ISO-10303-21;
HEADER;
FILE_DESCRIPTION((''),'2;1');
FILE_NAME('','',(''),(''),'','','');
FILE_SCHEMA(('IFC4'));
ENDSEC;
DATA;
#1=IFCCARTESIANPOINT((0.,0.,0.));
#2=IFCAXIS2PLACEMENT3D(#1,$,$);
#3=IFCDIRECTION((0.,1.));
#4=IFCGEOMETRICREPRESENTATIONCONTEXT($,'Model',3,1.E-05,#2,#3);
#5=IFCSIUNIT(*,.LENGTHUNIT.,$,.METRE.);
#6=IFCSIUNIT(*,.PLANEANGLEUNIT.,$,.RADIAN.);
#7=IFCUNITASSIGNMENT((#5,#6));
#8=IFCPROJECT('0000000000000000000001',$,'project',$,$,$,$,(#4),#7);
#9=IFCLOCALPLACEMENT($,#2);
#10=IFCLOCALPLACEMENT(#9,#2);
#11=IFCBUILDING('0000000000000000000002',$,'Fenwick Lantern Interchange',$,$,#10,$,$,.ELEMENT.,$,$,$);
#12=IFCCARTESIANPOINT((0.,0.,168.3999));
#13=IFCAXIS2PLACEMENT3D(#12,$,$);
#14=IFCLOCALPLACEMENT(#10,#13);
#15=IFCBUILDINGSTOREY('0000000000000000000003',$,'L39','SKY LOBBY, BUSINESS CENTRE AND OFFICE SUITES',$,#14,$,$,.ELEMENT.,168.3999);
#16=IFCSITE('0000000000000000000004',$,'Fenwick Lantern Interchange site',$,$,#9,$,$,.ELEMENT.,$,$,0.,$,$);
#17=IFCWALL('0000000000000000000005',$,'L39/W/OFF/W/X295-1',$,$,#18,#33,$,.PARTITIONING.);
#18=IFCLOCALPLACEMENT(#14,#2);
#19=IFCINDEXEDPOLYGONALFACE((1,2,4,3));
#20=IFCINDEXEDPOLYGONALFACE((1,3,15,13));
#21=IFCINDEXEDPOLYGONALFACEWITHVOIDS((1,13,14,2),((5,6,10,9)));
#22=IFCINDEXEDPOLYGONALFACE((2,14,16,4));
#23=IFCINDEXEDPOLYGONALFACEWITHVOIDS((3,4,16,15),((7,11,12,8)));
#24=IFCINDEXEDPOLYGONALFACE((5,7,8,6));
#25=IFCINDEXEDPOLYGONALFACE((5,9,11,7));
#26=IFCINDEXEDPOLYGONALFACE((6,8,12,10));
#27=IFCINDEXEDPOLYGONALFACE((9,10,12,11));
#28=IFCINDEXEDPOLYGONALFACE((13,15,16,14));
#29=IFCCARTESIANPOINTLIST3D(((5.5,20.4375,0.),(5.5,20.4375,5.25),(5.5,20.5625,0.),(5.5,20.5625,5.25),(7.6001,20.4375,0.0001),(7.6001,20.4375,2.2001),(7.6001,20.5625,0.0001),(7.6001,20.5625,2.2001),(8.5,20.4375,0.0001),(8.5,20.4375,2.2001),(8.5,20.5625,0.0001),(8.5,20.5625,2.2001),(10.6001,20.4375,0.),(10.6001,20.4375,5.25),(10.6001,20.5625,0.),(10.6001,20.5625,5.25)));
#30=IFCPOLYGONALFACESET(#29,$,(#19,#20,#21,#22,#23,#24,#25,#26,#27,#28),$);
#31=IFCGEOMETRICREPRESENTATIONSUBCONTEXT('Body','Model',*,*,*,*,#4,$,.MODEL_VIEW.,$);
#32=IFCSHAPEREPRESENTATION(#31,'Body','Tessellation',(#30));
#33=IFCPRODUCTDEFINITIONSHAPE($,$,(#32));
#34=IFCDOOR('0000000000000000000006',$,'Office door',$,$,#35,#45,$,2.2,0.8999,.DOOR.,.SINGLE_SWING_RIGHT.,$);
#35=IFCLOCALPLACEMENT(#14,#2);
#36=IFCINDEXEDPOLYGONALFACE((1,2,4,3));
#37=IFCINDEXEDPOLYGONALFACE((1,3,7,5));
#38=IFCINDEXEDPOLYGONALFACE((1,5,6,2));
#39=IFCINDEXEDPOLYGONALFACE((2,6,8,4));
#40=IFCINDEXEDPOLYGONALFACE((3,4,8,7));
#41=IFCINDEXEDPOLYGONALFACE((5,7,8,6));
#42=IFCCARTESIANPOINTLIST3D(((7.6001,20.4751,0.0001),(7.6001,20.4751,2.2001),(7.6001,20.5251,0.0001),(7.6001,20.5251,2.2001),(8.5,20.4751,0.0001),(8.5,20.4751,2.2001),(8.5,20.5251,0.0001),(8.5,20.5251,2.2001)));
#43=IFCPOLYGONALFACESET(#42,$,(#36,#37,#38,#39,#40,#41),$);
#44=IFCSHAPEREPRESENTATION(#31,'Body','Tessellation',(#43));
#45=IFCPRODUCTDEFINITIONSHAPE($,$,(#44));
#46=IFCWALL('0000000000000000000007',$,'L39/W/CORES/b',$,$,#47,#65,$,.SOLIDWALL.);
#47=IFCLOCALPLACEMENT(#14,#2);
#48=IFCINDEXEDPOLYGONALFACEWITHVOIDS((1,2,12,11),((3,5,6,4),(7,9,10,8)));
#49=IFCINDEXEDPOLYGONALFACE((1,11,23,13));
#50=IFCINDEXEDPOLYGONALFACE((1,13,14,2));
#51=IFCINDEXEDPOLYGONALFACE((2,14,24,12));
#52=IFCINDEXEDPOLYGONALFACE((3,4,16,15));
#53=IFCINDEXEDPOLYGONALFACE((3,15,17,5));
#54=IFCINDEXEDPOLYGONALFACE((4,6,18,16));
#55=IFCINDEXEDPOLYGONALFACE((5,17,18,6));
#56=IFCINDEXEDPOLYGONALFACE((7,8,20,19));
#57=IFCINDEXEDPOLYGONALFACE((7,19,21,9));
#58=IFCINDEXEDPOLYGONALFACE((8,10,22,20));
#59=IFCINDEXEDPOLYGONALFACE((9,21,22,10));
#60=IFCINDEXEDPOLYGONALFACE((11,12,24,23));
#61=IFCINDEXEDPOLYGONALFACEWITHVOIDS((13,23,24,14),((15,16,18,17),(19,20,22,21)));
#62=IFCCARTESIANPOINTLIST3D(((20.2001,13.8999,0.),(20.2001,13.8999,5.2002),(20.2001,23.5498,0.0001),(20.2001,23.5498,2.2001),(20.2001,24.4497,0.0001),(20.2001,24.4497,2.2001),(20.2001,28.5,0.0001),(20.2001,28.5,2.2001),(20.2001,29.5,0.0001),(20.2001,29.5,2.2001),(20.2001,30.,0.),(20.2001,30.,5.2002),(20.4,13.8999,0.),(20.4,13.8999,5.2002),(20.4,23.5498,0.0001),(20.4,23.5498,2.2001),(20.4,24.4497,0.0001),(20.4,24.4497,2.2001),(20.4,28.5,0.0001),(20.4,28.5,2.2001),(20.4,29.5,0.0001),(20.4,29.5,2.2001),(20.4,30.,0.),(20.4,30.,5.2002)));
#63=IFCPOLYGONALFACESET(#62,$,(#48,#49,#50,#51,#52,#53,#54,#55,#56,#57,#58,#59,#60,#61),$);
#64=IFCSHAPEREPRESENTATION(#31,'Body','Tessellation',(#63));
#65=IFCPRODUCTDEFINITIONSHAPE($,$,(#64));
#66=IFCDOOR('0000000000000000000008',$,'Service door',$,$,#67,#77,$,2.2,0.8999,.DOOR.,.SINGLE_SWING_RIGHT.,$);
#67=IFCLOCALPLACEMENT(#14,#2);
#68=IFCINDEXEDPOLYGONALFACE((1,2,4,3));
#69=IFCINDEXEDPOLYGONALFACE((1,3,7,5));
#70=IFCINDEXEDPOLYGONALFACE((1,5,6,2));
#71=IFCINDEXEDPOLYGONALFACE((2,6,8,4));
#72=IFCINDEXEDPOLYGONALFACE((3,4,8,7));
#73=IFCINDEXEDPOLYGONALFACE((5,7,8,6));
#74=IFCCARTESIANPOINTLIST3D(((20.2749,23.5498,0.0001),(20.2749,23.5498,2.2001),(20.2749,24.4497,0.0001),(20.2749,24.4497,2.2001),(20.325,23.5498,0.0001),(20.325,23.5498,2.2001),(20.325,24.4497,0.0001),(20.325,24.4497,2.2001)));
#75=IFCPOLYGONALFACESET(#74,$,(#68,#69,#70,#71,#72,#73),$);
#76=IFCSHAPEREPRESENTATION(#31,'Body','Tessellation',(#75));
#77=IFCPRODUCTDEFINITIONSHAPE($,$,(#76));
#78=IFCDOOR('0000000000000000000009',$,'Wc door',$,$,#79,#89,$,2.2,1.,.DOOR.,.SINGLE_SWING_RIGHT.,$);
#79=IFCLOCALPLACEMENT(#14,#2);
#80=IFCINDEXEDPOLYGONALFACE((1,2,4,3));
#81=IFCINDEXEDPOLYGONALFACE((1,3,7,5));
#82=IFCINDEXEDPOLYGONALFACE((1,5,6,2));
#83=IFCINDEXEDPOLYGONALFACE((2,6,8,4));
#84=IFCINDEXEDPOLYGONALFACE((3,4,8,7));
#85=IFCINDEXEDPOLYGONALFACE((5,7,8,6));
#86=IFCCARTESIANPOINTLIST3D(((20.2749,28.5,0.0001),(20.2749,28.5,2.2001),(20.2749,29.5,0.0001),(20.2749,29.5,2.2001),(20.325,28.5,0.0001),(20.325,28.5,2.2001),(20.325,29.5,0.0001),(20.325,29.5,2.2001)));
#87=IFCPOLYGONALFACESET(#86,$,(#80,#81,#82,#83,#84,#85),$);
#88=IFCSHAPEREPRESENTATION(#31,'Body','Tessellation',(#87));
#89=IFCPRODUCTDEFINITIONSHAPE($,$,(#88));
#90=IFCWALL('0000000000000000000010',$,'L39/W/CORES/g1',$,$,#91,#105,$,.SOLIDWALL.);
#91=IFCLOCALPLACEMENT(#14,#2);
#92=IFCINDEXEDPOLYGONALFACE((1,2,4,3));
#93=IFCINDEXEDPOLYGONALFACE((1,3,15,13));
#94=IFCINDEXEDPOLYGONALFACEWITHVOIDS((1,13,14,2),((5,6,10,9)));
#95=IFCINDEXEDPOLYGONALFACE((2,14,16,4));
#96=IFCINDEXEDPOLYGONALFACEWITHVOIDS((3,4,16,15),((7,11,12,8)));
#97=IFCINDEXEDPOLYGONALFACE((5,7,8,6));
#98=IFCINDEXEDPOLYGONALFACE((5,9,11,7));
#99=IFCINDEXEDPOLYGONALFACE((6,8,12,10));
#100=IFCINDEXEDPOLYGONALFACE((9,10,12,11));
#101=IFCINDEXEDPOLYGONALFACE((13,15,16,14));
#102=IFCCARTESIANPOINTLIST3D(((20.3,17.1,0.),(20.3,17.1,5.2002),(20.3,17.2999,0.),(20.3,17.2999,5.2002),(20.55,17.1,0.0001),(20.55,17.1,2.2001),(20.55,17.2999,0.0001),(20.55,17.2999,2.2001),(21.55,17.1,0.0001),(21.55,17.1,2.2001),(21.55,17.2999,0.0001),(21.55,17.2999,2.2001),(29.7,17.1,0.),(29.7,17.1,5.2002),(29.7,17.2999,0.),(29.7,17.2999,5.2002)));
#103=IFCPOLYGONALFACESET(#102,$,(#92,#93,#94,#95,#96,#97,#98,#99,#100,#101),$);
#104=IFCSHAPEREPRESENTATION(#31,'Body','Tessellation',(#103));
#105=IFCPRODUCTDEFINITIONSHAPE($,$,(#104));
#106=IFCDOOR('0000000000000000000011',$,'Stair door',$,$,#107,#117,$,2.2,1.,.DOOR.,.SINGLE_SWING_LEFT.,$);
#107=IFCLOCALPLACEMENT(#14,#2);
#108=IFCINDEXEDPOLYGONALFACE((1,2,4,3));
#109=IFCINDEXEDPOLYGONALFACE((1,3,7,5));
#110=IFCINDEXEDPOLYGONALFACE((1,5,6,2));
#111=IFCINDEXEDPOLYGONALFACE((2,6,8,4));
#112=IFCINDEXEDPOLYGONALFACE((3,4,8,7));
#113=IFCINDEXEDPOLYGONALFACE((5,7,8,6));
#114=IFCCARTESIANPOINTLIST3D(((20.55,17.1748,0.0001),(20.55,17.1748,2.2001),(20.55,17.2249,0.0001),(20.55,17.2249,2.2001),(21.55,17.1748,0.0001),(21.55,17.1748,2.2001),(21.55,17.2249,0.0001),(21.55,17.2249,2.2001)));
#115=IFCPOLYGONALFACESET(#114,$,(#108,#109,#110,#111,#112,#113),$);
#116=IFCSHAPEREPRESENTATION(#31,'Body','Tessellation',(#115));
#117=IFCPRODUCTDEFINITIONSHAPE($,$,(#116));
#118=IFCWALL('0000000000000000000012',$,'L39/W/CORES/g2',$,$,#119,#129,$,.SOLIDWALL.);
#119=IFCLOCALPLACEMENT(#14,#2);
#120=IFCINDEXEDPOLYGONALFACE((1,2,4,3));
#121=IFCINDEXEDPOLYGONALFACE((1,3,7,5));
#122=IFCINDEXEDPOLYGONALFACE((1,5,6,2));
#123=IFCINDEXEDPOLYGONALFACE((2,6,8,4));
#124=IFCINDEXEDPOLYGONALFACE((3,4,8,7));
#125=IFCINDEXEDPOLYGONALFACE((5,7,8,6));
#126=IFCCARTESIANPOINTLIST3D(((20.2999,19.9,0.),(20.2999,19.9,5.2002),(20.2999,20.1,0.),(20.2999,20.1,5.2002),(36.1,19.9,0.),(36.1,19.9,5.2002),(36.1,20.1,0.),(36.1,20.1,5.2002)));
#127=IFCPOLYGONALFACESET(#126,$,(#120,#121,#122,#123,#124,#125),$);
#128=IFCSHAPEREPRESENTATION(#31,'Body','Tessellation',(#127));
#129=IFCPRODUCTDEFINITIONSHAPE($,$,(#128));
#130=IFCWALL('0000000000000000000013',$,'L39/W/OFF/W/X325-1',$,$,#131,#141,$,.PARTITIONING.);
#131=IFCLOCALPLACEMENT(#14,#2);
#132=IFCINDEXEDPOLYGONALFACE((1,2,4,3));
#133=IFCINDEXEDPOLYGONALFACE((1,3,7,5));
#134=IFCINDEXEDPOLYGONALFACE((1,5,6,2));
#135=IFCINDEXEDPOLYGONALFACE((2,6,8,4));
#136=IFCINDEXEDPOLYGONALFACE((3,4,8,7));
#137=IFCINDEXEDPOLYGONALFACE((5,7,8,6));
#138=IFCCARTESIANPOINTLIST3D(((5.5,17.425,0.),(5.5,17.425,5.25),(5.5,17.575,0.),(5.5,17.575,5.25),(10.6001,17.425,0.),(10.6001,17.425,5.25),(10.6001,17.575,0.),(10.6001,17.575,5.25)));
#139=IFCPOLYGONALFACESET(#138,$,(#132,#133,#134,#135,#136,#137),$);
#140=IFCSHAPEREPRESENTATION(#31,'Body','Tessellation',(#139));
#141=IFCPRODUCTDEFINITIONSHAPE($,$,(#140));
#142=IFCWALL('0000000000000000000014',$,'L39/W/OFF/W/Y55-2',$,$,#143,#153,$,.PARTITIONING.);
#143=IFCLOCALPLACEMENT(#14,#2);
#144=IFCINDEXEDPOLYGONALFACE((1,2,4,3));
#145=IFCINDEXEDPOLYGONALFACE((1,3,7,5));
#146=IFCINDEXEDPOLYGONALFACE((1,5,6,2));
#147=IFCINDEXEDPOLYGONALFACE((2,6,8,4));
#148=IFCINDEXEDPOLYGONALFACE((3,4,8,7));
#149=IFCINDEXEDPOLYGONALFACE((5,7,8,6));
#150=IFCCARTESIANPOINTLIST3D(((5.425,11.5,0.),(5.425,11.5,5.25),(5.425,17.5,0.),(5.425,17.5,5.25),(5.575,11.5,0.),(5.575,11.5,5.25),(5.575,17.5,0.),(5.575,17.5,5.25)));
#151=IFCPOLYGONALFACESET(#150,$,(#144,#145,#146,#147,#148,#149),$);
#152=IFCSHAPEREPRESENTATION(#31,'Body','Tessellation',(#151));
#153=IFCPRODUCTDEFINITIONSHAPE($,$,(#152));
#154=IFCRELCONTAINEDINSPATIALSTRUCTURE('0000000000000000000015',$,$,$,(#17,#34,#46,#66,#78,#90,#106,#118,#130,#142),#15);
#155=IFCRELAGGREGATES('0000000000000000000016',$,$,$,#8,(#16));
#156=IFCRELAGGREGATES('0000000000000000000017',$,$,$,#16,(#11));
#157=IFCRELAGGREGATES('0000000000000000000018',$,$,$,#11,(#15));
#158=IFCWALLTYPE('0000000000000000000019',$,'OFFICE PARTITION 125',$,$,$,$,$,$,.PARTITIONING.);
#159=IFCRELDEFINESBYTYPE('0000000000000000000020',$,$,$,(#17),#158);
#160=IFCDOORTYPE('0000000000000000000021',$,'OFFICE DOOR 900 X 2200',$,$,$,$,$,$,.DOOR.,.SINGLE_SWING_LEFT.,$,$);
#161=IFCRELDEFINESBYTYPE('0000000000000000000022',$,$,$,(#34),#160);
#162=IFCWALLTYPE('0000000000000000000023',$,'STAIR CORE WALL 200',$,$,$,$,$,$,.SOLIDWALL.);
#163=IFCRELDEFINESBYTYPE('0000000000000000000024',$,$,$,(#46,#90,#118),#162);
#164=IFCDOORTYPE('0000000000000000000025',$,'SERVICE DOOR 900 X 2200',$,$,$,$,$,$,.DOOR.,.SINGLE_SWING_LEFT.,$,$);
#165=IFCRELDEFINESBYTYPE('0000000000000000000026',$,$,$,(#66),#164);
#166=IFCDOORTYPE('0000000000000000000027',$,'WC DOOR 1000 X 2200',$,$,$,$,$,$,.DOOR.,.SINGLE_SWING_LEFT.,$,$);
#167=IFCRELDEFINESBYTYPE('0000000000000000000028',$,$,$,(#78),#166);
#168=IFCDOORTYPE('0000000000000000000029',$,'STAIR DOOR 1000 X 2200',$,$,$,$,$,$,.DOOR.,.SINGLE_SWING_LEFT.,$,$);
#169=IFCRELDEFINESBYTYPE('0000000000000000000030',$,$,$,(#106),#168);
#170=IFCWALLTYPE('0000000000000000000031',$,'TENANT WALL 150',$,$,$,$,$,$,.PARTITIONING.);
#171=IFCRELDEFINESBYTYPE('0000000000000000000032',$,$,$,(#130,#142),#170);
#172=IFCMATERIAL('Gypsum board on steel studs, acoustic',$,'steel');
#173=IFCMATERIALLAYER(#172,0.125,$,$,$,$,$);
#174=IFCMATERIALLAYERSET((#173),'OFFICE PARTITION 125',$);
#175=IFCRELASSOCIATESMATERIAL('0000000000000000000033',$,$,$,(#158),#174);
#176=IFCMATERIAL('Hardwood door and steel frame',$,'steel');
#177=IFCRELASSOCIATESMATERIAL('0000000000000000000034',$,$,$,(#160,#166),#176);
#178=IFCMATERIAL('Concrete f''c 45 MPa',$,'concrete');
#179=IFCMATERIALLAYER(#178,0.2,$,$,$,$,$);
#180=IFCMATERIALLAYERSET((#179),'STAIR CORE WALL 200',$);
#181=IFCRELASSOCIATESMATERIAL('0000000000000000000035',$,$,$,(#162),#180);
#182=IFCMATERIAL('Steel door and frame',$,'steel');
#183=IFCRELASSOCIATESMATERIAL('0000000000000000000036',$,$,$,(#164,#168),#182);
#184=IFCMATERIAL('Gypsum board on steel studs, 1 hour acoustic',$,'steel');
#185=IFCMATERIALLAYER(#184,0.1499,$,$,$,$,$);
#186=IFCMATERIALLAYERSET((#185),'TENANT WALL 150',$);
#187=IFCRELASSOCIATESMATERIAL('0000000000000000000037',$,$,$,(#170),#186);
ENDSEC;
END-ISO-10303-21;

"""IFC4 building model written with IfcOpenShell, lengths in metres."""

from ifc_helpers import new_model, si_unit, direction, frame, frame_2d, origin, place, context, subcontext, project, spatial, rectangle, extrude, material, layer, layer_set, type_object, element, fill, save


model = new_model("IFC4")

# Units and contexts
model_context = context("Model", 3, precision=1e-05, world=origin(), true_north=direction((0.0, 1.0)))
body_context = subcontext(model_context, "Body", "Model", "MODEL_VIEW")
ifc_project = project(units=[si_unit("LENGTHUNIT", "METRE"), si_unit("PLANEANGLEUNIT", "RADIAN")], contexts=[model_context])

# Site, building, storey
site_placement = place(None, origin())
site = spatial("IfcSite", under=ifc_project, at=site_placement, Name="Fenwick Lantern Interchange site", CompositionType="ELEMENT", RefElevation=0.0)
building_placement = place(site_placement, origin())
building = spatial("IfcBuilding", under=site, at=building_placement, Name="Fenwick Lantern Interchange", CompositionType="ELEMENT")
storey_placement = place(building_placement, frame((0.0, 0.0, 168.3999)))
storey = spatial("IfcBuildingStorey", under=building, at=storey_placement, Name="L39", Description="SKY LOBBY, BUSINESS CENTRE AND OFFICE SUITES", CompositionType="ELEMENT", Elevation=168.3999)

# Shared definitions
ifc_material_1 = material(Name="Gypsum board on steel studs, acoustic", Category="steel")
ifc_layer_1 = layer(ifc_material_1, 0.125)
ifc_layer_set_1 = layer_set([ifc_layer_1], Name="OFFICE PARTITION 125")
wall_type_1 = type_object("IfcWallType", Name="OFFICE PARTITION 125", PredefinedType="PARTITIONING", material=ifc_layer_set_1)

# Wall, opening, door
wall_1_placement = place(storey_placement, frame((5.5, 20.5, 0.0), z_axis=(0.0, 0.0, 1.0), x_axis=(1.0, 0.0, 0.0)))
wall_1 = element("IfcWall", 1, at=wall_1_placement, inside=storey, type_object=wall_type_1, Name="L39/W/OFF/W/X295-1", PredefinedType="PARTITIONING", context=body_context, shape_type="SweptSolid", body=[
    extrude(rectangle(XDim=5.1001, YDim=0.125, at=frame_2d((2.55, 0.0))), origin(), (0.0, 0.0, 1.0), 5.25),
])
opening_1_placement = place(wall_1_placement, frame((2.1001, 0.0, 0.0)))
opening_1 = element("IfcOpeningElement", 2, at=opening_1_placement, cuts=wall_1, PredefinedType="OPENING", context=body_context, shape_type="SweptSolid", body=[
    extrude(rectangle(XDim=0.8999, YDim=2.2, at=frame_2d((0.45, 1.1001))), frame((0.0, 0.0725, 0.0), z_axis=(0.0, -1.0, 0.0), x_axis=(1.0, 0.0, 0.0)), (0.0, 0.0, 1.0), 0.145),
])
ifc_material_2 = material(Name="Hardwood door and steel frame", Category="steel")
door_type_1 = type_object("IfcDoorType", Name="OFFICE DOOR 900 X 2200", OperationType="SINGLE_SWING_LEFT", PredefinedType="DOOR", material=ifc_material_2)
door_1_placement = place(opening_1_placement, frame((0.8999, 0.0, 0.0), z_axis=(0.0, 0.0, 1.0), x_axis=(-1.0, 0.0, 0.0)))
door_1 = element("IfcDoor", 3, at=door_1_placement, inside=storey, type_object=door_type_1, Name="Office door", OperationType="SINGLE_SWING_RIGHT", OverallHeight=2.2, OverallWidth=0.8999, PredefinedType="DOOR", context=body_context, shape_type="SweptSolid", body=[
    extrude(rectangle(XDim=0.8999, YDim=2.2, at=frame_2d((0.45, 1.1001))), frame((0.0, 0.0249, 0.0), z_axis=(0.0, -1.0, 0.0), x_axis=(1.0, 0.0, 0.0)), (0.0, 0.0, 1.0), 0.05),
])
fill(opening_1, door_1)

# Wall, openings, doors
ifc_material_3 = material(Name="Concrete f'c 45 MPa", Category="concrete")
ifc_layer_2 = layer(ifc_material_3, 0.2)
ifc_layer_set_2 = layer_set([ifc_layer_2], Name="STAIR CORE WALL 200")
wall_type_2 = type_object("IfcWallType", Name="STAIR CORE WALL 200", PredefinedType="SOLIDWALL", material=ifc_layer_set_2)
wall_2_placement = place(storey_placement, frame((20.3, 13.8999, 0.0), z_axis=(0.0, 0.0, 1.0), x_axis=(0.0, 1.0, 0.0)))
wall_2 = element("IfcWall", 4, at=wall_2_placement, inside=storey, type_object=wall_type_2, Name="L39/W/CORES/b", PredefinedType="SOLIDWALL", context=body_context, shape_type="SweptSolid", body=[
    extrude(rectangle(XDim=16.1001, YDim=0.2, at=frame_2d((8.05, 0.0))), origin(), (0.0, 0.0, 1.0), 5.2002),
])
opening_2_placement = place(wall_2_placement, frame((9.6499, 0.0, 0.0)))
opening_2 = element("IfcOpeningElement", 5, at=opening_2_placement, cuts=wall_2, PredefinedType="OPENING", context=body_context, shape_type="SweptSolid", body=[
    extrude(rectangle(XDim=0.8999, YDim=2.2, at=frame_2d((0.45, 1.1001))), frame((0.0, 0.1099, 0.0), z_axis=(0.0, -1.0, 0.0), x_axis=(1.0, 0.0, 0.0)), (0.0, 0.0, 1.0), 0.22),
])
opening_3_placement = place(wall_2_placement, frame((14.6001, 0.0, 0.0)))
opening_3 = element("IfcOpeningElement", 6, at=opening_3_placement, cuts=wall_2, PredefinedType="OPENING", context=body_context, shape_type="SweptSolid", body=[
    extrude(rectangle(XDim=1.0, YDim=2.2, at=frame_2d((0.5, 1.1001))), frame((0.0, 0.1099, 0.0), z_axis=(0.0, -1.0, 0.0), x_axis=(1.0, 0.0, 0.0)), (0.0, 0.0, 1.0), 0.22),
])
ifc_material_4 = material(Name="Steel door and frame", Category="steel")
door_type_2 = type_object("IfcDoorType", Name="SERVICE DOOR 900 X 2200", OperationType="SINGLE_SWING_LEFT", PredefinedType="DOOR", material=ifc_material_4)
door_2_placement = place(opening_2_placement, frame((0.8999, 0.0, 0.0), z_axis=(0.0, 0.0, 1.0), x_axis=(-1.0, 0.0, 0.0)))
door_2 = element("IfcDoor", 7, at=door_2_placement, inside=storey, type_object=door_type_2, Name="Service door", OperationType="SINGLE_SWING_RIGHT", OverallHeight=2.2, OverallWidth=0.8999, PredefinedType="DOOR", context=body_context, shape_type="SweptSolid", body=[
    extrude(rectangle(XDim=0.8999, YDim=2.2, at=frame_2d((0.45, 1.1001))), frame((0.0, 0.0249, 0.0), z_axis=(0.0, -1.0, 0.0), x_axis=(1.0, 0.0, 0.0)), (0.0, 0.0, 1.0), 0.05),
])
fill(opening_2, door_2)
door_type_3 = type_object("IfcDoorType", Name="WC DOOR 1000 X 2200", OperationType="SINGLE_SWING_LEFT", PredefinedType="DOOR", material=ifc_material_2)
door_3_placement = place(opening_3_placement, frame((1.0, 0.0, 0.0), z_axis=(0.0, 0.0, 1.0), x_axis=(-1.0, 0.0, 0.0)))
door_3 = element("IfcDoor", 8, at=door_3_placement, inside=storey, type_object=door_type_3, Name="Wc door", OperationType="SINGLE_SWING_RIGHT", OverallHeight=2.2, OverallWidth=1.0, PredefinedType="DOOR", context=body_context, shape_type="SweptSolid", body=[
    extrude(rectangle(XDim=1.0, YDim=2.2, at=frame_2d((0.5, 1.1001))), frame((0.0, 0.0249, 0.0), z_axis=(0.0, -1.0, 0.0), x_axis=(1.0, 0.0, 0.0)), (0.0, 0.0, 1.0), 0.05),
])
fill(opening_3, door_3)

# Wall, opening, door
wall_3_placement = place(storey_placement, frame((20.3, 17.2, 0.0), z_axis=(0.0, 0.0, 1.0), x_axis=(1.0, 0.0, 0.0)))
wall_3 = element("IfcWall", 9, at=wall_3_placement, inside=storey, type_object=wall_type_2, Name="L39/W/CORES/g1", PredefinedType="SOLIDWALL", context=body_context, shape_type="SweptSolid", body=[
    extrude(rectangle(XDim=9.3999, YDim=0.2, at=frame_2d((4.7, 0.0))), origin(), (0.0, 0.0, 1.0), 5.2002),
])
opening_4_placement = place(wall_3_placement, frame((0.25, 0.0, 0.0)))
opening_4 = element("IfcOpeningElement", 10, at=opening_4_placement, cuts=wall_3, PredefinedType="OPENING", context=body_context, shape_type="SweptSolid", body=[
    extrude(rectangle(XDim=1.0, YDim=2.2, at=frame_2d((0.5, 1.1001))), frame((0.0, 0.1099, 0.0), z_axis=(0.0, -1.0, 0.0), x_axis=(1.0, 0.0, 0.0)), (0.0, 0.0, 1.0), 0.22),
])
door_type_4 = type_object("IfcDoorType", Name="STAIR DOOR 1000 X 2200", OperationType="SINGLE_SWING_LEFT", PredefinedType="DOOR", material=ifc_material_4)
door_4_placement = place(opening_4_placement, origin())
door_4 = element("IfcDoor", 11, at=door_4_placement, inside=storey, type_object=door_type_4, Name="Stair door", OperationType="SINGLE_SWING_LEFT", OverallHeight=2.2, OverallWidth=1.0, PredefinedType="DOOR", context=body_context, shape_type="SweptSolid", body=[
    extrude(rectangle(XDim=1.0, YDim=2.2, at=frame_2d((0.5, 1.1001))), frame((0.0, 0.0249, 0.0), z_axis=(0.0, -1.0, 0.0), x_axis=(1.0, 0.0, 0.0)), (0.0, 0.0, 1.0), 0.05),
])
fill(opening_4, door_4)

# Walls
wall_4_placement = place(storey_placement, frame((20.3, 20.0, 0.0), z_axis=(0.0, 0.0, 1.0), x_axis=(1.0, 0.0, 0.0)))
element("IfcWall", 12, at=wall_4_placement, inside=storey, type_object=wall_type_2, Name="L39/W/CORES/g2", PredefinedType="SOLIDWALL", context=body_context, shape_type="SweptSolid", body=[
    extrude(rectangle(XDim=15.8, YDim=0.2, at=frame_2d((7.8999, 0.0))), origin(), (0.0, 0.0, 1.0), 5.2002),
])
ifc_material_5 = material(Name="Gypsum board on steel studs, 1 hour acoustic", Category="steel")
ifc_layer_3 = layer(ifc_material_5, 0.1499)
ifc_layer_set_3 = layer_set([ifc_layer_3], Name="TENANT WALL 150")
wall_type_3 = type_object("IfcWallType", Name="TENANT WALL 150", PredefinedType="PARTITIONING", material=ifc_layer_set_3)
wall_5_placement = place(storey_placement, frame((5.5, 17.5, 0.0), z_axis=(0.0, 0.0, 1.0), x_axis=(1.0, 0.0, 0.0)))
element("IfcWall", 13, at=wall_5_placement, inside=storey, type_object=wall_type_3, Name="L39/W/OFF/W/X325-1", PredefinedType="PARTITIONING", context=body_context, shape_type="SweptSolid", body=[
    extrude(rectangle(XDim=5.1001, YDim=0.1499, at=frame_2d((2.55, 0.0))), origin(), (0.0, 0.0, 1.0), 5.25),
])
wall_6_placement = place(storey_placement, frame((5.5, 17.5, 0.0), z_axis=(0.0, 0.0, 1.0), x_axis=(0.0, -1.0, 0.0)))
element("IfcWall", 14, at=wall_6_placement, inside=storey, type_object=wall_type_3, Name="L39/W/OFF/W/Y55-2", PredefinedType="PARTITIONING", context=body_context, shape_type="SweptSolid", body=[
    extrude(rectangle(XDim=6.0, YDim=0.1499, at=frame_2d((3.0, 0.0))), origin(), (0.0, 0.0, 1.0), 5.25),
])

save(model, "model.ifc")
